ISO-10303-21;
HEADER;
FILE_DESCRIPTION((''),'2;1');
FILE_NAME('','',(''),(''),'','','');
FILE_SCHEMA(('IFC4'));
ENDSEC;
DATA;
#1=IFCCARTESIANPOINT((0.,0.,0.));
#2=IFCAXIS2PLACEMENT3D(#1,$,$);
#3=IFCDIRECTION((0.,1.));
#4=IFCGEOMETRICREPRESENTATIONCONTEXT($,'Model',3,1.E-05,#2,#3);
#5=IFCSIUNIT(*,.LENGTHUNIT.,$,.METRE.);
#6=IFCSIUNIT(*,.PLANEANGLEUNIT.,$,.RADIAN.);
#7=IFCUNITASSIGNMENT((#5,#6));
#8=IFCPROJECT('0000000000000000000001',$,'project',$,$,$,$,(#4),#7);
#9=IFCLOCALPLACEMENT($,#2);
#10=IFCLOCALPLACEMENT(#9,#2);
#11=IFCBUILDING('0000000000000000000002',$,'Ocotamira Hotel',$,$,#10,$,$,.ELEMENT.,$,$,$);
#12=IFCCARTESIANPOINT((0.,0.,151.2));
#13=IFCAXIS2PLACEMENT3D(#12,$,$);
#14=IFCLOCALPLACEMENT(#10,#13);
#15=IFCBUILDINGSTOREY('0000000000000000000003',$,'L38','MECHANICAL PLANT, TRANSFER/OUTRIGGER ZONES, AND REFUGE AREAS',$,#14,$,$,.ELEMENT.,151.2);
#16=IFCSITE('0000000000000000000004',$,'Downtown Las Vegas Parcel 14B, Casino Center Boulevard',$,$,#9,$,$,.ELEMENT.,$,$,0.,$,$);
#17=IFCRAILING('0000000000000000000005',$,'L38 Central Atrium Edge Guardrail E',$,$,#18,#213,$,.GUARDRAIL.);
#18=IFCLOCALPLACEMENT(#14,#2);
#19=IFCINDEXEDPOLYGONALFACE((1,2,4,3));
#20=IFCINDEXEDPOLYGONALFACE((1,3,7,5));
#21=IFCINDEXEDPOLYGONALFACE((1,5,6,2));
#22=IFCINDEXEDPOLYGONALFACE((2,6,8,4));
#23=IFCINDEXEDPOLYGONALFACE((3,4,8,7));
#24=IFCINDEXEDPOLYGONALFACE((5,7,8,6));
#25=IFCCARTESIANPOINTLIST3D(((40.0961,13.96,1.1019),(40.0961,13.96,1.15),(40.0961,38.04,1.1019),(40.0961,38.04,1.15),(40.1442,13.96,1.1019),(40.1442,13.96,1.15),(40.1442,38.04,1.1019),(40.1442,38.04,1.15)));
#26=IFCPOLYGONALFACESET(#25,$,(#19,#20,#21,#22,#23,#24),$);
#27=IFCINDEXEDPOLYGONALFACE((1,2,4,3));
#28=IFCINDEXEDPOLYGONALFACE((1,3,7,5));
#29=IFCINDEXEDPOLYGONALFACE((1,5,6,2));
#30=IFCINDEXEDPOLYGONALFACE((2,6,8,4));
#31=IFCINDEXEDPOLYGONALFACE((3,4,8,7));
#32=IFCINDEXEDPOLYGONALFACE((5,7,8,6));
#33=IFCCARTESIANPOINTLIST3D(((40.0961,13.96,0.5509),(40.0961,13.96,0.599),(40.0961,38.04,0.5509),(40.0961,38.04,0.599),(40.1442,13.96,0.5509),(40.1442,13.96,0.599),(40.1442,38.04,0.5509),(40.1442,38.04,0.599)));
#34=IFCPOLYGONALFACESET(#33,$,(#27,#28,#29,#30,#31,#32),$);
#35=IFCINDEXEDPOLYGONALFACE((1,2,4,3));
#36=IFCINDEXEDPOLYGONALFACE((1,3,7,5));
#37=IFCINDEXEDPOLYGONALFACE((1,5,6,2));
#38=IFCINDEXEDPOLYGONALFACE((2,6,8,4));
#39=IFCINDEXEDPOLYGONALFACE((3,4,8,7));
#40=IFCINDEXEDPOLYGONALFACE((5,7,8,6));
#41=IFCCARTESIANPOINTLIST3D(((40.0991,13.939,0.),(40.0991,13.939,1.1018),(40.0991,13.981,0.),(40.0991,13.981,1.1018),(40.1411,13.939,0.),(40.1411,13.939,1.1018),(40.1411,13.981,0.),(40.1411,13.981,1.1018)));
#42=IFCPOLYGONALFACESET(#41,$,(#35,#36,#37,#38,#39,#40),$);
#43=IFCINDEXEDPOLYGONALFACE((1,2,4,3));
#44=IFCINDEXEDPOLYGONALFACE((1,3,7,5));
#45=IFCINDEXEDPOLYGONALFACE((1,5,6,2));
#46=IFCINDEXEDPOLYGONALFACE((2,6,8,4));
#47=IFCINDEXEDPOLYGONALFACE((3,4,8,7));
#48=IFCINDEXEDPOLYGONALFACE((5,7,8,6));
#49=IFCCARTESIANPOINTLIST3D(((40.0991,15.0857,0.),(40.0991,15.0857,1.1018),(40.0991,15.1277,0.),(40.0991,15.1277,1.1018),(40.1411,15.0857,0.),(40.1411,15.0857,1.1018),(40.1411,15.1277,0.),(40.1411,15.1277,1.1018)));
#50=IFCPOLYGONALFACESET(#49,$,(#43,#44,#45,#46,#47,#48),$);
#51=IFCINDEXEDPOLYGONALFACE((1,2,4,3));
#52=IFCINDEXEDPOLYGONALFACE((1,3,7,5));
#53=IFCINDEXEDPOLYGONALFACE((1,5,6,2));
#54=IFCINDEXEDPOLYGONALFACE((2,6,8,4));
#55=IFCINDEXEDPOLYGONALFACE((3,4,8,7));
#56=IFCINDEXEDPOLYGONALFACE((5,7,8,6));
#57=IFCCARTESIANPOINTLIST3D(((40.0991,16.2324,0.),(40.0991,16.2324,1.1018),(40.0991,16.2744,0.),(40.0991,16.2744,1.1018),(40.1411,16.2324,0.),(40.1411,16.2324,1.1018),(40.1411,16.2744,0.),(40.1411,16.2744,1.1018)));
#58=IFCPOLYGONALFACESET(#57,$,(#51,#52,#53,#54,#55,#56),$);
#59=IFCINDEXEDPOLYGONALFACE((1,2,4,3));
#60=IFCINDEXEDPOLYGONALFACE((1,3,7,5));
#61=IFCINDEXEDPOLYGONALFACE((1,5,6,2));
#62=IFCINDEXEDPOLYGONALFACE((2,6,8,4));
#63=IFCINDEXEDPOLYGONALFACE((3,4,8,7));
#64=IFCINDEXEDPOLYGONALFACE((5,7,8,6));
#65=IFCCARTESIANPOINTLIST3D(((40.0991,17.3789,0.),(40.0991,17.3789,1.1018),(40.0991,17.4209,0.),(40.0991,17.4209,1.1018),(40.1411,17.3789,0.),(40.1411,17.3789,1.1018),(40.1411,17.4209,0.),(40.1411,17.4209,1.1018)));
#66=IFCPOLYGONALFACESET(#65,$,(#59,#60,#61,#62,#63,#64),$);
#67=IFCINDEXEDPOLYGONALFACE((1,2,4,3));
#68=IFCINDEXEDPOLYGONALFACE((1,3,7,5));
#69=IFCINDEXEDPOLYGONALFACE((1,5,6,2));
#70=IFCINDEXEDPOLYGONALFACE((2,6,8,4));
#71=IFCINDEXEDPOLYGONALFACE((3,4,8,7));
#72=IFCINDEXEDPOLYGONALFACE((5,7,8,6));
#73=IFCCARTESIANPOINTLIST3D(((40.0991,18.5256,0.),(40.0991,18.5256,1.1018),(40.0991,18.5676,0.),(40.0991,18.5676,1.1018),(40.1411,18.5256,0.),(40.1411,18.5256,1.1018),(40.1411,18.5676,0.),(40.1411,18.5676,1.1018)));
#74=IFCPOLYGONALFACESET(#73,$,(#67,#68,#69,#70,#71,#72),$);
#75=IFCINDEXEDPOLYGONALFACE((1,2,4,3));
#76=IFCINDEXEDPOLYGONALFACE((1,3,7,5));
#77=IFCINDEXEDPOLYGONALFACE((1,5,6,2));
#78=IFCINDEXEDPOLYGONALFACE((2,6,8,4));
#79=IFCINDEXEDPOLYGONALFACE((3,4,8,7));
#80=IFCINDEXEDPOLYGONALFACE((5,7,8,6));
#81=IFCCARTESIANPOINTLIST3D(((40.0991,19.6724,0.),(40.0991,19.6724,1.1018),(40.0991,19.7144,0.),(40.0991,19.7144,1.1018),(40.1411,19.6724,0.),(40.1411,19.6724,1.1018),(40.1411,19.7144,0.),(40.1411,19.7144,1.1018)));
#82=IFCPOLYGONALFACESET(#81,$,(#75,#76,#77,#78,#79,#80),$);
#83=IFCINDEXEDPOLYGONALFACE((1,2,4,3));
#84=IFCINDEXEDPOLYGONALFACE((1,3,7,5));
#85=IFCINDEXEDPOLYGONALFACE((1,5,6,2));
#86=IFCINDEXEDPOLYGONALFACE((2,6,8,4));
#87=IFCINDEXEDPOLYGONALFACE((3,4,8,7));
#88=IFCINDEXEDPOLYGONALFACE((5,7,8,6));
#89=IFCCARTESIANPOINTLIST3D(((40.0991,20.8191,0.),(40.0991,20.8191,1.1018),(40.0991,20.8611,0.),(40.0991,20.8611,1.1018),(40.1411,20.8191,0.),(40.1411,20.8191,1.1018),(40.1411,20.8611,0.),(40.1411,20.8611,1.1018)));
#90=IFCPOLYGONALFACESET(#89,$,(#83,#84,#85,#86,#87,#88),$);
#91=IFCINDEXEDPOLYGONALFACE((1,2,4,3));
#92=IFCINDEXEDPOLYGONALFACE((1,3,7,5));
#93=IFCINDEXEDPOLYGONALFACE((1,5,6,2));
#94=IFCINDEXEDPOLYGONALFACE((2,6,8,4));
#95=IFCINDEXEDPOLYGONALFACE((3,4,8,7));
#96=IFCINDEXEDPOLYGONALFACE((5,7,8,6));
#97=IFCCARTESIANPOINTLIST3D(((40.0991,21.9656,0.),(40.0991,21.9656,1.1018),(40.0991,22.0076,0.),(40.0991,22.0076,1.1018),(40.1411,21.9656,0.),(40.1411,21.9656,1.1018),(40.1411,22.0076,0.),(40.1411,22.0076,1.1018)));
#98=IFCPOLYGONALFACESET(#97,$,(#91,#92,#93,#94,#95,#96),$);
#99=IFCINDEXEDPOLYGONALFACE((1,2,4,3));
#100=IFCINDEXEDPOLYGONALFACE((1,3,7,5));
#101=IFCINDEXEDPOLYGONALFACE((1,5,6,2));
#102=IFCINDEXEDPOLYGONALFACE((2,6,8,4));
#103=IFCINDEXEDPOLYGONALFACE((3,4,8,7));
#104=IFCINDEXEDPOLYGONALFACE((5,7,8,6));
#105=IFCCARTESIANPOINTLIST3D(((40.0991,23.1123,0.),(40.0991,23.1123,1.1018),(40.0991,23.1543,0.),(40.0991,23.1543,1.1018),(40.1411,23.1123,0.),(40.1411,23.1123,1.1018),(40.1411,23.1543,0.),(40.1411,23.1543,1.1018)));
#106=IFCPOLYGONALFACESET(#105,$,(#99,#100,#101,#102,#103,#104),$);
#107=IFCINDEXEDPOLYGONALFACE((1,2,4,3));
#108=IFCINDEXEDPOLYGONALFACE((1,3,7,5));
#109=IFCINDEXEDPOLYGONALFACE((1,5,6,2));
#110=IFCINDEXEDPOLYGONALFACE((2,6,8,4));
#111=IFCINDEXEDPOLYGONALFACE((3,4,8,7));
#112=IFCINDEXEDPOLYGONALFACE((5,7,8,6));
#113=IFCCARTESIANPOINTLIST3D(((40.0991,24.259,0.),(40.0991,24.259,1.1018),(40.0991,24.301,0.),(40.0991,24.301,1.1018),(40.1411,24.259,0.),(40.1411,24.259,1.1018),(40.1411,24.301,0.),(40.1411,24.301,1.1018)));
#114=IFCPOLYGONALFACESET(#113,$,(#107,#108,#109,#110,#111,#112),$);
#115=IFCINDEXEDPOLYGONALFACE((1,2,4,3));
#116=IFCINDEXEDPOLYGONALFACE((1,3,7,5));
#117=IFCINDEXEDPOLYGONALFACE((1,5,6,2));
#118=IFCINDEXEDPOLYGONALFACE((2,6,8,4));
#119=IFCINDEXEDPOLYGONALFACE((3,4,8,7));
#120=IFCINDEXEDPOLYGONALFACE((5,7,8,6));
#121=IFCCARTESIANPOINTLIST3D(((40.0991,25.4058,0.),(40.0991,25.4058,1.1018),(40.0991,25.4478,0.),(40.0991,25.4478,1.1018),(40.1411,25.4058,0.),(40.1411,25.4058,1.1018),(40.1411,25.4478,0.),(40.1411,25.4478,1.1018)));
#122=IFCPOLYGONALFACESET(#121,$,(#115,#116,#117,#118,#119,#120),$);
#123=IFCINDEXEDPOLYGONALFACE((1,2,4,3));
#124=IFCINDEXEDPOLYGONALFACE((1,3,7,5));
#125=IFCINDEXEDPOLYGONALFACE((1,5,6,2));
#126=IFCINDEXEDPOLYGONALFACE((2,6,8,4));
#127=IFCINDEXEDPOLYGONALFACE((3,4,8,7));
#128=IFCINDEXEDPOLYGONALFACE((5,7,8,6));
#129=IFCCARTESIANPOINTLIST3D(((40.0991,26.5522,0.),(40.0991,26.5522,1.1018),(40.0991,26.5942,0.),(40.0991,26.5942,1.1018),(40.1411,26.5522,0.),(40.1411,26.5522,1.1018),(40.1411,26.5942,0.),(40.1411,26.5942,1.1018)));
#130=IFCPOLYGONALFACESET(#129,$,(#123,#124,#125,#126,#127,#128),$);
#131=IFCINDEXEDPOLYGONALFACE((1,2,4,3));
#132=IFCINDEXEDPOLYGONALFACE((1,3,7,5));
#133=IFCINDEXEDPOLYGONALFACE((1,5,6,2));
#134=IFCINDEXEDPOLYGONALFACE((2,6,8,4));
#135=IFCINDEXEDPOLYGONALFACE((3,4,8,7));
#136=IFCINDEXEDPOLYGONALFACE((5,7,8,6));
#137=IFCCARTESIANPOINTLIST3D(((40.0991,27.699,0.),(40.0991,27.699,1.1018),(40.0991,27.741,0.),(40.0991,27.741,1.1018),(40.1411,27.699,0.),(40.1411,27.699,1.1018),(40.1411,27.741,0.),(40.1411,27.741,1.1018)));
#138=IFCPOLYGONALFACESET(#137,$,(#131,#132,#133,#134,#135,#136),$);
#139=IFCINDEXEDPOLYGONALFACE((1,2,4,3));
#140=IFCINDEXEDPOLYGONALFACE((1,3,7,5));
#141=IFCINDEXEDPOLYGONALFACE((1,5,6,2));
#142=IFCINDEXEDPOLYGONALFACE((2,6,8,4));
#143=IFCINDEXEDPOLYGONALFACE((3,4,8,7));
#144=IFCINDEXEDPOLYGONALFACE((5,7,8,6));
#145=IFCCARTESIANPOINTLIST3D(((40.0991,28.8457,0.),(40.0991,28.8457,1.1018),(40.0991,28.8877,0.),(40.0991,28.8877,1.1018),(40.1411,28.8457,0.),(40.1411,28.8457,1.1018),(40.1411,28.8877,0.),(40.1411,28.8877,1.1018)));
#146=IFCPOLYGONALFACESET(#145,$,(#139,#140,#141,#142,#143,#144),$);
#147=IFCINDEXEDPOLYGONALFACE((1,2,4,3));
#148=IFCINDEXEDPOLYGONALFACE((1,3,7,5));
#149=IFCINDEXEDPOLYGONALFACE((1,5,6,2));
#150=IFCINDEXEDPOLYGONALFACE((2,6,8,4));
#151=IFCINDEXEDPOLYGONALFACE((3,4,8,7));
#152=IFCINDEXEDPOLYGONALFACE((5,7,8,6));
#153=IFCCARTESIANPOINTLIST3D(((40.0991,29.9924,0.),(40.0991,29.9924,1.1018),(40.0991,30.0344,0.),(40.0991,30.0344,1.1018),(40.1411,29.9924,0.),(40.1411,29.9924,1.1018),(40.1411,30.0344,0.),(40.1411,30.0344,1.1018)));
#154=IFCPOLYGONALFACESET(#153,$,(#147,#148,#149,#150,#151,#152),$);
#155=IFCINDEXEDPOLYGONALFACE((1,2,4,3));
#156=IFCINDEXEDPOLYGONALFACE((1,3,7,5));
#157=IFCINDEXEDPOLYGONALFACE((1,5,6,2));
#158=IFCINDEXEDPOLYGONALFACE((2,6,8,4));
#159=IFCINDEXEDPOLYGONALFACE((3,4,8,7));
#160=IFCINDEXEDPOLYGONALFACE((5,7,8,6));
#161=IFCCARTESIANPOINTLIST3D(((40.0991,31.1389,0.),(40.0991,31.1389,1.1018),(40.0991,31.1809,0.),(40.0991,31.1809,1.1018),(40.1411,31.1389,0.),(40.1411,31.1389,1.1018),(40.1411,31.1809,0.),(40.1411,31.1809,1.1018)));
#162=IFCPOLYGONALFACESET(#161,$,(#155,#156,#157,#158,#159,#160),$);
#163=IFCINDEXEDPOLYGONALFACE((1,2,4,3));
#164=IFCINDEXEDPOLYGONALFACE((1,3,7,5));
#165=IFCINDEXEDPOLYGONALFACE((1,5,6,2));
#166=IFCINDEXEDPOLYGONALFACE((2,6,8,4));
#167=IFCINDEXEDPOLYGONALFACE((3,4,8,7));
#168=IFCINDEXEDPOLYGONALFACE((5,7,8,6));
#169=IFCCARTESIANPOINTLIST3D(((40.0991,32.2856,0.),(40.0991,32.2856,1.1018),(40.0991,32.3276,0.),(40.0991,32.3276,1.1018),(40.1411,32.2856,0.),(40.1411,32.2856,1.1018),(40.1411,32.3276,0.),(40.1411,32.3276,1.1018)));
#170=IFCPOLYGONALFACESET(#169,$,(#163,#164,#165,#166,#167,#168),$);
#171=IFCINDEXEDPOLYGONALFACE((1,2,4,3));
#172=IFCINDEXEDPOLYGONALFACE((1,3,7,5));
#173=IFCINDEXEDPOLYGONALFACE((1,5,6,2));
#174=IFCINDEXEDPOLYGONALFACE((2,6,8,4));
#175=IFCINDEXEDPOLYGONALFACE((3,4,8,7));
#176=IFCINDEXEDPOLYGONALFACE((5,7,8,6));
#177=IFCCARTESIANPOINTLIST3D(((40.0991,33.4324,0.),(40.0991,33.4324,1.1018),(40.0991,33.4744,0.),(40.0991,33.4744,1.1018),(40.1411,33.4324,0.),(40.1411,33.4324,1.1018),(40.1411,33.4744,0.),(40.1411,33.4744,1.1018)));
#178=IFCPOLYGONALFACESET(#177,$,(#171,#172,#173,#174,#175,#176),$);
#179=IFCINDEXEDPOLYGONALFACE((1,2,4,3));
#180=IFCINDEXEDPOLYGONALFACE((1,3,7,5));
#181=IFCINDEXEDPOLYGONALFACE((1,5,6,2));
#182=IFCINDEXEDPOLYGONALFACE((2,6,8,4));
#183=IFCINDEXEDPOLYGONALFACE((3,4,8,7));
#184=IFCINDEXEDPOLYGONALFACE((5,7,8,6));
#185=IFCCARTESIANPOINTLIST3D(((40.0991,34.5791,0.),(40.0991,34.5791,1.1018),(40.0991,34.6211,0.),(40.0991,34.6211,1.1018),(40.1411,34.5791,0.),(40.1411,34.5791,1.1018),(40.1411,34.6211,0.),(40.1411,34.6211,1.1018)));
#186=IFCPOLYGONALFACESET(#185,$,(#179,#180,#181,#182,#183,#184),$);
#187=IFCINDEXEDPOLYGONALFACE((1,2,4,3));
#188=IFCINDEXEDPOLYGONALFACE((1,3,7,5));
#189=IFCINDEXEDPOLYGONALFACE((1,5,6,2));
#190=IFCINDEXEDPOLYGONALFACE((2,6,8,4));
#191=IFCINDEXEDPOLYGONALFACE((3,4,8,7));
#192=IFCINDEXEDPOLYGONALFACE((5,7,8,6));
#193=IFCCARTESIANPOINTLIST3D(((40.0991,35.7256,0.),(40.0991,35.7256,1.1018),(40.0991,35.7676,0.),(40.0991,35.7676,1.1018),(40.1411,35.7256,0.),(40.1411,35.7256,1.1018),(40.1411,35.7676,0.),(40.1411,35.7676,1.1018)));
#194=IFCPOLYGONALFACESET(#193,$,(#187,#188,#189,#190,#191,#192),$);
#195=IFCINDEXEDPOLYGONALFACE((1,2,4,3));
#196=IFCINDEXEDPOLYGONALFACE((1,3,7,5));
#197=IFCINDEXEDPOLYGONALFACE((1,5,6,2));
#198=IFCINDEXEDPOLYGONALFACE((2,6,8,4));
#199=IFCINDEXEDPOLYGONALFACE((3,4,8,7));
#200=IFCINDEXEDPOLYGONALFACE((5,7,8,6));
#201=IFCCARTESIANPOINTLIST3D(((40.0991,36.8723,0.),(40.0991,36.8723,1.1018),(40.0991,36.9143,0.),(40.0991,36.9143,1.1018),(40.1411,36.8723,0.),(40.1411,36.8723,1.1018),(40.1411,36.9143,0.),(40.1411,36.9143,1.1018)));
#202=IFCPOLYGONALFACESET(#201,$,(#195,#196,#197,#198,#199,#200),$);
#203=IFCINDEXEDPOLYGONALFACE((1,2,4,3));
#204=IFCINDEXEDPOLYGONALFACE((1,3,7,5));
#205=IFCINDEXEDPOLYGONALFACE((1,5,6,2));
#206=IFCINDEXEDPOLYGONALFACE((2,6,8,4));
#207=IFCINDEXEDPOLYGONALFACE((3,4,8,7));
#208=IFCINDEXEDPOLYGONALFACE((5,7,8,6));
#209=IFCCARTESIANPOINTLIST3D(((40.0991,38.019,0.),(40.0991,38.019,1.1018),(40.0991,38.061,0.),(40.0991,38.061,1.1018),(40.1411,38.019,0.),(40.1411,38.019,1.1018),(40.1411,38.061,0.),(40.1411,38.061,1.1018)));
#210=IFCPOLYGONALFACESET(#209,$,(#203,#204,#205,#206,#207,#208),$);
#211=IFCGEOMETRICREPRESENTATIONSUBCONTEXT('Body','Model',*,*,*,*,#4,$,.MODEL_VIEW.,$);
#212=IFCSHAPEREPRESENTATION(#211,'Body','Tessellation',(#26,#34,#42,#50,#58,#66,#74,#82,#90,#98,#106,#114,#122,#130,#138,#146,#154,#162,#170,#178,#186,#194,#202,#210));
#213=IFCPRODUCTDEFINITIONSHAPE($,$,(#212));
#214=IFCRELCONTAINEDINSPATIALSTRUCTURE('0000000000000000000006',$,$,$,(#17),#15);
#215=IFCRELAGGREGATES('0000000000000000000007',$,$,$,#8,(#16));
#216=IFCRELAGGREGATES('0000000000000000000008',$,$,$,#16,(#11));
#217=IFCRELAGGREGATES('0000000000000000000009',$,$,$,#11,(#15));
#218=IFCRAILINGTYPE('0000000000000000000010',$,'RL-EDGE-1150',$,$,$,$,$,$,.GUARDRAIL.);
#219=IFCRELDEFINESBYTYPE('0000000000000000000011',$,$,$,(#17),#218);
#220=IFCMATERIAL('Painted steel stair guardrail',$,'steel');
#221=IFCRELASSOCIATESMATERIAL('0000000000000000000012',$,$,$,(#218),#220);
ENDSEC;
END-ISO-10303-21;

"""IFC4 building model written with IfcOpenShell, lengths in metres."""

from ifc_helpers import new_model, si_unit, direction, frame, origin, origin_2d, place, context, subcontext, project, spatial, rectangle, extrude, material, type_object, element, save


model = new_model("IFC4")

# Units and contexts
model_context = context("Model", 3, precision=1e-05, world=origin(), true_north=direction((0.0, 1.0)))
body_context = subcontext(model_context, "Body", "Model", "MODEL_VIEW")
ifc_project = project(units=[si_unit("LENGTHUNIT", "METRE"), si_unit("PLANEANGLEUNIT", "RADIAN")], contexts=[model_context])

# Site, building, storey
site_placement = place(None, origin())
site = spatial("IfcSite", under=ifc_project, at=site_placement, Name="Downtown Las Vegas Parcel 14B, Casino Center Boulevard", CompositionType="ELEMENT", RefElevation=0.0)
building_placement = place(site_placement, origin())
building = spatial("IfcBuilding", under=site, at=building_placement, Name="Ocotamira Hotel", CompositionType="ELEMENT")
storey_placement = place(building_placement, frame((0.0, 0.0, 151.2)))
storey = spatial("IfcBuildingStorey", under=building, at=storey_placement, Name="L38", Description="MECHANICAL PLANT, TRANSFER/OUTRIGGER ZONES, AND REFUGE AREAS", CompositionType="ELEMENT", Elevation=151.2)

# Railing
ifc_material_1 = material(Name="Painted steel stair guardrail", Category="steel")
railing_type = type_object("IfcRailingType", Name="RL-EDGE-1150", PredefinedType="GUARDRAIL", material=ifc_material_1)
railing_1_placement = place(storey_placement, frame((40.1201, 13.96, 0.0)))
element("IfcRailing", 1, at=railing_1_placement, inside=storey, type_object=railing_type, Name="L38 Central Atrium Edge Guardrail E", PredefinedType="GUARDRAIL", context=body_context, shape_type="SweptSolid", body=[
    extrude(rectangle(XDim=0.0481, YDim=0.0481, at=origin_2d()), frame((0.0, 0.0, 1.126), z_axis=(0.0, 1.0, 0.0), x_axis=(-1.0, 0.0, 0.0)), (0.0, 0.0, 1.0), 24.0801),
    extrude(rectangle(XDim=0.0481, YDim=0.0481, at=origin_2d()), frame((0.0, 0.0, 0.575), z_axis=(0.0, 1.0, 0.0), x_axis=(-1.0, 0.0, 0.0)), (0.0, 0.0, 1.0), 24.0801),
    extrude(rectangle(XDim=0.042, YDim=0.042, at=origin_2d()), origin(), (0.0, 0.0, 1.0), 1.1018),
    extrude(rectangle(XDim=0.042, YDim=0.042, at=origin_2d()), frame((0.0, 1.1467, 0.0)), (0.0, 0.0, 1.0), 1.1018),
    extrude(rectangle(XDim=0.042, YDim=0.042, at=origin_2d()), frame((0.0, 2.2935, 0.0)), (0.0, 0.0, 1.0), 1.1018),
    extrude(rectangle(XDim=0.042, YDim=0.042, at=origin_2d()), frame((0.0, 3.4399, 0.0)), (0.0, 0.0, 1.0), 1.1018),
    extrude(rectangle(XDim=0.042, YDim=0.042, at=origin_2d()), frame((0.0, 4.5867, 0.0)), (0.0, 0.0, 1.0), 1.1018),
    extrude(rectangle(XDim=0.042, YDim=0.042, at=origin_2d()), frame((0.0, 5.7334, 0.0)), (0.0, 0.0, 1.0), 1.1018),
    extrude(rectangle(XDim=0.042, YDim=0.042, at=origin_2d()), frame((0.0, 6.8801, 0.0)), (0.0, 0.0, 1.0), 1.1018),
    extrude(rectangle(XDim=0.042, YDim=0.042, at=origin_2d()), frame((0.0, 8.0266, 0.0)), (0.0, 0.0, 1.0), 1.1018),
    extrude(rectangle(XDim=0.042, YDim=0.042, at=origin_2d()), frame((0.0, 9.1733, 0.0)), (0.0, 0.0, 1.0), 1.1018),
    extrude(rectangle(XDim=0.042, YDim=0.042, at=origin_2d()), frame((0.0, 10.3201, 0.0)), (0.0, 0.0, 1.0), 1.1018),
    extrude(rectangle(XDim=0.042, YDim=0.042, at=origin_2d()), frame((0.0, 11.4668, 0.0)), (0.0, 0.0, 1.0), 1.1018),
    extrude(rectangle(XDim=0.042, YDim=0.042, at=origin_2d()), frame((0.0, 12.6133, 0.0)), (0.0, 0.0, 1.0), 1.1018),
    extrude(rectangle(XDim=0.042, YDim=0.042, at=origin_2d()), frame((0.0, 13.76, 0.0)), (0.0, 0.0, 1.0), 1.1018),
    extrude(rectangle(XDim=0.042, YDim=0.042, at=origin_2d()), frame((0.0, 14.9067, 0.0)), (0.0, 0.0, 1.0), 1.1018),
    extrude(rectangle(XDim=0.042, YDim=0.042, at=origin_2d()), frame((0.0, 16.0535, 0.0)), (0.0, 0.0, 1.0), 1.1018),
    extrude(rectangle(XDim=0.042, YDim=0.042, at=origin_2d()), frame((0.0, 17.2, 0.0)), (0.0, 0.0, 1.0), 1.1018),
    extrude(rectangle(XDim=0.042, YDim=0.042, at=origin_2d()), frame((0.0, 18.3467, 0.0)), (0.0, 0.0, 1.0), 1.1018),
    extrude(rectangle(XDim=0.042, YDim=0.042, at=origin_2d()), frame((0.0, 19.4934, 0.0)), (0.0, 0.0, 1.0), 1.1018),
    extrude(rectangle(XDim=0.042, YDim=0.042, at=origin_2d()), frame((0.0, 20.6401, 0.0)), (0.0, 0.0, 1.0), 1.1018),
    extrude(rectangle(XDim=0.042, YDim=0.042, at=origin_2d()), frame((0.0, 21.7866, 0.0)), (0.0, 0.0, 1.0), 1.1018),
    extrude(rectangle(XDim=0.042, YDim=0.042, at=origin_2d()), frame((0.0, 22.9333, 0.0)), (0.0, 0.0, 1.0), 1.1018),
    extrude(rectangle(XDim=0.042, YDim=0.042, at=origin_2d()), frame((0.0, 24.0801, 0.0)), (0.0, 0.0, 1.0), 1.1018),
])

save(model, "model.ifc")
